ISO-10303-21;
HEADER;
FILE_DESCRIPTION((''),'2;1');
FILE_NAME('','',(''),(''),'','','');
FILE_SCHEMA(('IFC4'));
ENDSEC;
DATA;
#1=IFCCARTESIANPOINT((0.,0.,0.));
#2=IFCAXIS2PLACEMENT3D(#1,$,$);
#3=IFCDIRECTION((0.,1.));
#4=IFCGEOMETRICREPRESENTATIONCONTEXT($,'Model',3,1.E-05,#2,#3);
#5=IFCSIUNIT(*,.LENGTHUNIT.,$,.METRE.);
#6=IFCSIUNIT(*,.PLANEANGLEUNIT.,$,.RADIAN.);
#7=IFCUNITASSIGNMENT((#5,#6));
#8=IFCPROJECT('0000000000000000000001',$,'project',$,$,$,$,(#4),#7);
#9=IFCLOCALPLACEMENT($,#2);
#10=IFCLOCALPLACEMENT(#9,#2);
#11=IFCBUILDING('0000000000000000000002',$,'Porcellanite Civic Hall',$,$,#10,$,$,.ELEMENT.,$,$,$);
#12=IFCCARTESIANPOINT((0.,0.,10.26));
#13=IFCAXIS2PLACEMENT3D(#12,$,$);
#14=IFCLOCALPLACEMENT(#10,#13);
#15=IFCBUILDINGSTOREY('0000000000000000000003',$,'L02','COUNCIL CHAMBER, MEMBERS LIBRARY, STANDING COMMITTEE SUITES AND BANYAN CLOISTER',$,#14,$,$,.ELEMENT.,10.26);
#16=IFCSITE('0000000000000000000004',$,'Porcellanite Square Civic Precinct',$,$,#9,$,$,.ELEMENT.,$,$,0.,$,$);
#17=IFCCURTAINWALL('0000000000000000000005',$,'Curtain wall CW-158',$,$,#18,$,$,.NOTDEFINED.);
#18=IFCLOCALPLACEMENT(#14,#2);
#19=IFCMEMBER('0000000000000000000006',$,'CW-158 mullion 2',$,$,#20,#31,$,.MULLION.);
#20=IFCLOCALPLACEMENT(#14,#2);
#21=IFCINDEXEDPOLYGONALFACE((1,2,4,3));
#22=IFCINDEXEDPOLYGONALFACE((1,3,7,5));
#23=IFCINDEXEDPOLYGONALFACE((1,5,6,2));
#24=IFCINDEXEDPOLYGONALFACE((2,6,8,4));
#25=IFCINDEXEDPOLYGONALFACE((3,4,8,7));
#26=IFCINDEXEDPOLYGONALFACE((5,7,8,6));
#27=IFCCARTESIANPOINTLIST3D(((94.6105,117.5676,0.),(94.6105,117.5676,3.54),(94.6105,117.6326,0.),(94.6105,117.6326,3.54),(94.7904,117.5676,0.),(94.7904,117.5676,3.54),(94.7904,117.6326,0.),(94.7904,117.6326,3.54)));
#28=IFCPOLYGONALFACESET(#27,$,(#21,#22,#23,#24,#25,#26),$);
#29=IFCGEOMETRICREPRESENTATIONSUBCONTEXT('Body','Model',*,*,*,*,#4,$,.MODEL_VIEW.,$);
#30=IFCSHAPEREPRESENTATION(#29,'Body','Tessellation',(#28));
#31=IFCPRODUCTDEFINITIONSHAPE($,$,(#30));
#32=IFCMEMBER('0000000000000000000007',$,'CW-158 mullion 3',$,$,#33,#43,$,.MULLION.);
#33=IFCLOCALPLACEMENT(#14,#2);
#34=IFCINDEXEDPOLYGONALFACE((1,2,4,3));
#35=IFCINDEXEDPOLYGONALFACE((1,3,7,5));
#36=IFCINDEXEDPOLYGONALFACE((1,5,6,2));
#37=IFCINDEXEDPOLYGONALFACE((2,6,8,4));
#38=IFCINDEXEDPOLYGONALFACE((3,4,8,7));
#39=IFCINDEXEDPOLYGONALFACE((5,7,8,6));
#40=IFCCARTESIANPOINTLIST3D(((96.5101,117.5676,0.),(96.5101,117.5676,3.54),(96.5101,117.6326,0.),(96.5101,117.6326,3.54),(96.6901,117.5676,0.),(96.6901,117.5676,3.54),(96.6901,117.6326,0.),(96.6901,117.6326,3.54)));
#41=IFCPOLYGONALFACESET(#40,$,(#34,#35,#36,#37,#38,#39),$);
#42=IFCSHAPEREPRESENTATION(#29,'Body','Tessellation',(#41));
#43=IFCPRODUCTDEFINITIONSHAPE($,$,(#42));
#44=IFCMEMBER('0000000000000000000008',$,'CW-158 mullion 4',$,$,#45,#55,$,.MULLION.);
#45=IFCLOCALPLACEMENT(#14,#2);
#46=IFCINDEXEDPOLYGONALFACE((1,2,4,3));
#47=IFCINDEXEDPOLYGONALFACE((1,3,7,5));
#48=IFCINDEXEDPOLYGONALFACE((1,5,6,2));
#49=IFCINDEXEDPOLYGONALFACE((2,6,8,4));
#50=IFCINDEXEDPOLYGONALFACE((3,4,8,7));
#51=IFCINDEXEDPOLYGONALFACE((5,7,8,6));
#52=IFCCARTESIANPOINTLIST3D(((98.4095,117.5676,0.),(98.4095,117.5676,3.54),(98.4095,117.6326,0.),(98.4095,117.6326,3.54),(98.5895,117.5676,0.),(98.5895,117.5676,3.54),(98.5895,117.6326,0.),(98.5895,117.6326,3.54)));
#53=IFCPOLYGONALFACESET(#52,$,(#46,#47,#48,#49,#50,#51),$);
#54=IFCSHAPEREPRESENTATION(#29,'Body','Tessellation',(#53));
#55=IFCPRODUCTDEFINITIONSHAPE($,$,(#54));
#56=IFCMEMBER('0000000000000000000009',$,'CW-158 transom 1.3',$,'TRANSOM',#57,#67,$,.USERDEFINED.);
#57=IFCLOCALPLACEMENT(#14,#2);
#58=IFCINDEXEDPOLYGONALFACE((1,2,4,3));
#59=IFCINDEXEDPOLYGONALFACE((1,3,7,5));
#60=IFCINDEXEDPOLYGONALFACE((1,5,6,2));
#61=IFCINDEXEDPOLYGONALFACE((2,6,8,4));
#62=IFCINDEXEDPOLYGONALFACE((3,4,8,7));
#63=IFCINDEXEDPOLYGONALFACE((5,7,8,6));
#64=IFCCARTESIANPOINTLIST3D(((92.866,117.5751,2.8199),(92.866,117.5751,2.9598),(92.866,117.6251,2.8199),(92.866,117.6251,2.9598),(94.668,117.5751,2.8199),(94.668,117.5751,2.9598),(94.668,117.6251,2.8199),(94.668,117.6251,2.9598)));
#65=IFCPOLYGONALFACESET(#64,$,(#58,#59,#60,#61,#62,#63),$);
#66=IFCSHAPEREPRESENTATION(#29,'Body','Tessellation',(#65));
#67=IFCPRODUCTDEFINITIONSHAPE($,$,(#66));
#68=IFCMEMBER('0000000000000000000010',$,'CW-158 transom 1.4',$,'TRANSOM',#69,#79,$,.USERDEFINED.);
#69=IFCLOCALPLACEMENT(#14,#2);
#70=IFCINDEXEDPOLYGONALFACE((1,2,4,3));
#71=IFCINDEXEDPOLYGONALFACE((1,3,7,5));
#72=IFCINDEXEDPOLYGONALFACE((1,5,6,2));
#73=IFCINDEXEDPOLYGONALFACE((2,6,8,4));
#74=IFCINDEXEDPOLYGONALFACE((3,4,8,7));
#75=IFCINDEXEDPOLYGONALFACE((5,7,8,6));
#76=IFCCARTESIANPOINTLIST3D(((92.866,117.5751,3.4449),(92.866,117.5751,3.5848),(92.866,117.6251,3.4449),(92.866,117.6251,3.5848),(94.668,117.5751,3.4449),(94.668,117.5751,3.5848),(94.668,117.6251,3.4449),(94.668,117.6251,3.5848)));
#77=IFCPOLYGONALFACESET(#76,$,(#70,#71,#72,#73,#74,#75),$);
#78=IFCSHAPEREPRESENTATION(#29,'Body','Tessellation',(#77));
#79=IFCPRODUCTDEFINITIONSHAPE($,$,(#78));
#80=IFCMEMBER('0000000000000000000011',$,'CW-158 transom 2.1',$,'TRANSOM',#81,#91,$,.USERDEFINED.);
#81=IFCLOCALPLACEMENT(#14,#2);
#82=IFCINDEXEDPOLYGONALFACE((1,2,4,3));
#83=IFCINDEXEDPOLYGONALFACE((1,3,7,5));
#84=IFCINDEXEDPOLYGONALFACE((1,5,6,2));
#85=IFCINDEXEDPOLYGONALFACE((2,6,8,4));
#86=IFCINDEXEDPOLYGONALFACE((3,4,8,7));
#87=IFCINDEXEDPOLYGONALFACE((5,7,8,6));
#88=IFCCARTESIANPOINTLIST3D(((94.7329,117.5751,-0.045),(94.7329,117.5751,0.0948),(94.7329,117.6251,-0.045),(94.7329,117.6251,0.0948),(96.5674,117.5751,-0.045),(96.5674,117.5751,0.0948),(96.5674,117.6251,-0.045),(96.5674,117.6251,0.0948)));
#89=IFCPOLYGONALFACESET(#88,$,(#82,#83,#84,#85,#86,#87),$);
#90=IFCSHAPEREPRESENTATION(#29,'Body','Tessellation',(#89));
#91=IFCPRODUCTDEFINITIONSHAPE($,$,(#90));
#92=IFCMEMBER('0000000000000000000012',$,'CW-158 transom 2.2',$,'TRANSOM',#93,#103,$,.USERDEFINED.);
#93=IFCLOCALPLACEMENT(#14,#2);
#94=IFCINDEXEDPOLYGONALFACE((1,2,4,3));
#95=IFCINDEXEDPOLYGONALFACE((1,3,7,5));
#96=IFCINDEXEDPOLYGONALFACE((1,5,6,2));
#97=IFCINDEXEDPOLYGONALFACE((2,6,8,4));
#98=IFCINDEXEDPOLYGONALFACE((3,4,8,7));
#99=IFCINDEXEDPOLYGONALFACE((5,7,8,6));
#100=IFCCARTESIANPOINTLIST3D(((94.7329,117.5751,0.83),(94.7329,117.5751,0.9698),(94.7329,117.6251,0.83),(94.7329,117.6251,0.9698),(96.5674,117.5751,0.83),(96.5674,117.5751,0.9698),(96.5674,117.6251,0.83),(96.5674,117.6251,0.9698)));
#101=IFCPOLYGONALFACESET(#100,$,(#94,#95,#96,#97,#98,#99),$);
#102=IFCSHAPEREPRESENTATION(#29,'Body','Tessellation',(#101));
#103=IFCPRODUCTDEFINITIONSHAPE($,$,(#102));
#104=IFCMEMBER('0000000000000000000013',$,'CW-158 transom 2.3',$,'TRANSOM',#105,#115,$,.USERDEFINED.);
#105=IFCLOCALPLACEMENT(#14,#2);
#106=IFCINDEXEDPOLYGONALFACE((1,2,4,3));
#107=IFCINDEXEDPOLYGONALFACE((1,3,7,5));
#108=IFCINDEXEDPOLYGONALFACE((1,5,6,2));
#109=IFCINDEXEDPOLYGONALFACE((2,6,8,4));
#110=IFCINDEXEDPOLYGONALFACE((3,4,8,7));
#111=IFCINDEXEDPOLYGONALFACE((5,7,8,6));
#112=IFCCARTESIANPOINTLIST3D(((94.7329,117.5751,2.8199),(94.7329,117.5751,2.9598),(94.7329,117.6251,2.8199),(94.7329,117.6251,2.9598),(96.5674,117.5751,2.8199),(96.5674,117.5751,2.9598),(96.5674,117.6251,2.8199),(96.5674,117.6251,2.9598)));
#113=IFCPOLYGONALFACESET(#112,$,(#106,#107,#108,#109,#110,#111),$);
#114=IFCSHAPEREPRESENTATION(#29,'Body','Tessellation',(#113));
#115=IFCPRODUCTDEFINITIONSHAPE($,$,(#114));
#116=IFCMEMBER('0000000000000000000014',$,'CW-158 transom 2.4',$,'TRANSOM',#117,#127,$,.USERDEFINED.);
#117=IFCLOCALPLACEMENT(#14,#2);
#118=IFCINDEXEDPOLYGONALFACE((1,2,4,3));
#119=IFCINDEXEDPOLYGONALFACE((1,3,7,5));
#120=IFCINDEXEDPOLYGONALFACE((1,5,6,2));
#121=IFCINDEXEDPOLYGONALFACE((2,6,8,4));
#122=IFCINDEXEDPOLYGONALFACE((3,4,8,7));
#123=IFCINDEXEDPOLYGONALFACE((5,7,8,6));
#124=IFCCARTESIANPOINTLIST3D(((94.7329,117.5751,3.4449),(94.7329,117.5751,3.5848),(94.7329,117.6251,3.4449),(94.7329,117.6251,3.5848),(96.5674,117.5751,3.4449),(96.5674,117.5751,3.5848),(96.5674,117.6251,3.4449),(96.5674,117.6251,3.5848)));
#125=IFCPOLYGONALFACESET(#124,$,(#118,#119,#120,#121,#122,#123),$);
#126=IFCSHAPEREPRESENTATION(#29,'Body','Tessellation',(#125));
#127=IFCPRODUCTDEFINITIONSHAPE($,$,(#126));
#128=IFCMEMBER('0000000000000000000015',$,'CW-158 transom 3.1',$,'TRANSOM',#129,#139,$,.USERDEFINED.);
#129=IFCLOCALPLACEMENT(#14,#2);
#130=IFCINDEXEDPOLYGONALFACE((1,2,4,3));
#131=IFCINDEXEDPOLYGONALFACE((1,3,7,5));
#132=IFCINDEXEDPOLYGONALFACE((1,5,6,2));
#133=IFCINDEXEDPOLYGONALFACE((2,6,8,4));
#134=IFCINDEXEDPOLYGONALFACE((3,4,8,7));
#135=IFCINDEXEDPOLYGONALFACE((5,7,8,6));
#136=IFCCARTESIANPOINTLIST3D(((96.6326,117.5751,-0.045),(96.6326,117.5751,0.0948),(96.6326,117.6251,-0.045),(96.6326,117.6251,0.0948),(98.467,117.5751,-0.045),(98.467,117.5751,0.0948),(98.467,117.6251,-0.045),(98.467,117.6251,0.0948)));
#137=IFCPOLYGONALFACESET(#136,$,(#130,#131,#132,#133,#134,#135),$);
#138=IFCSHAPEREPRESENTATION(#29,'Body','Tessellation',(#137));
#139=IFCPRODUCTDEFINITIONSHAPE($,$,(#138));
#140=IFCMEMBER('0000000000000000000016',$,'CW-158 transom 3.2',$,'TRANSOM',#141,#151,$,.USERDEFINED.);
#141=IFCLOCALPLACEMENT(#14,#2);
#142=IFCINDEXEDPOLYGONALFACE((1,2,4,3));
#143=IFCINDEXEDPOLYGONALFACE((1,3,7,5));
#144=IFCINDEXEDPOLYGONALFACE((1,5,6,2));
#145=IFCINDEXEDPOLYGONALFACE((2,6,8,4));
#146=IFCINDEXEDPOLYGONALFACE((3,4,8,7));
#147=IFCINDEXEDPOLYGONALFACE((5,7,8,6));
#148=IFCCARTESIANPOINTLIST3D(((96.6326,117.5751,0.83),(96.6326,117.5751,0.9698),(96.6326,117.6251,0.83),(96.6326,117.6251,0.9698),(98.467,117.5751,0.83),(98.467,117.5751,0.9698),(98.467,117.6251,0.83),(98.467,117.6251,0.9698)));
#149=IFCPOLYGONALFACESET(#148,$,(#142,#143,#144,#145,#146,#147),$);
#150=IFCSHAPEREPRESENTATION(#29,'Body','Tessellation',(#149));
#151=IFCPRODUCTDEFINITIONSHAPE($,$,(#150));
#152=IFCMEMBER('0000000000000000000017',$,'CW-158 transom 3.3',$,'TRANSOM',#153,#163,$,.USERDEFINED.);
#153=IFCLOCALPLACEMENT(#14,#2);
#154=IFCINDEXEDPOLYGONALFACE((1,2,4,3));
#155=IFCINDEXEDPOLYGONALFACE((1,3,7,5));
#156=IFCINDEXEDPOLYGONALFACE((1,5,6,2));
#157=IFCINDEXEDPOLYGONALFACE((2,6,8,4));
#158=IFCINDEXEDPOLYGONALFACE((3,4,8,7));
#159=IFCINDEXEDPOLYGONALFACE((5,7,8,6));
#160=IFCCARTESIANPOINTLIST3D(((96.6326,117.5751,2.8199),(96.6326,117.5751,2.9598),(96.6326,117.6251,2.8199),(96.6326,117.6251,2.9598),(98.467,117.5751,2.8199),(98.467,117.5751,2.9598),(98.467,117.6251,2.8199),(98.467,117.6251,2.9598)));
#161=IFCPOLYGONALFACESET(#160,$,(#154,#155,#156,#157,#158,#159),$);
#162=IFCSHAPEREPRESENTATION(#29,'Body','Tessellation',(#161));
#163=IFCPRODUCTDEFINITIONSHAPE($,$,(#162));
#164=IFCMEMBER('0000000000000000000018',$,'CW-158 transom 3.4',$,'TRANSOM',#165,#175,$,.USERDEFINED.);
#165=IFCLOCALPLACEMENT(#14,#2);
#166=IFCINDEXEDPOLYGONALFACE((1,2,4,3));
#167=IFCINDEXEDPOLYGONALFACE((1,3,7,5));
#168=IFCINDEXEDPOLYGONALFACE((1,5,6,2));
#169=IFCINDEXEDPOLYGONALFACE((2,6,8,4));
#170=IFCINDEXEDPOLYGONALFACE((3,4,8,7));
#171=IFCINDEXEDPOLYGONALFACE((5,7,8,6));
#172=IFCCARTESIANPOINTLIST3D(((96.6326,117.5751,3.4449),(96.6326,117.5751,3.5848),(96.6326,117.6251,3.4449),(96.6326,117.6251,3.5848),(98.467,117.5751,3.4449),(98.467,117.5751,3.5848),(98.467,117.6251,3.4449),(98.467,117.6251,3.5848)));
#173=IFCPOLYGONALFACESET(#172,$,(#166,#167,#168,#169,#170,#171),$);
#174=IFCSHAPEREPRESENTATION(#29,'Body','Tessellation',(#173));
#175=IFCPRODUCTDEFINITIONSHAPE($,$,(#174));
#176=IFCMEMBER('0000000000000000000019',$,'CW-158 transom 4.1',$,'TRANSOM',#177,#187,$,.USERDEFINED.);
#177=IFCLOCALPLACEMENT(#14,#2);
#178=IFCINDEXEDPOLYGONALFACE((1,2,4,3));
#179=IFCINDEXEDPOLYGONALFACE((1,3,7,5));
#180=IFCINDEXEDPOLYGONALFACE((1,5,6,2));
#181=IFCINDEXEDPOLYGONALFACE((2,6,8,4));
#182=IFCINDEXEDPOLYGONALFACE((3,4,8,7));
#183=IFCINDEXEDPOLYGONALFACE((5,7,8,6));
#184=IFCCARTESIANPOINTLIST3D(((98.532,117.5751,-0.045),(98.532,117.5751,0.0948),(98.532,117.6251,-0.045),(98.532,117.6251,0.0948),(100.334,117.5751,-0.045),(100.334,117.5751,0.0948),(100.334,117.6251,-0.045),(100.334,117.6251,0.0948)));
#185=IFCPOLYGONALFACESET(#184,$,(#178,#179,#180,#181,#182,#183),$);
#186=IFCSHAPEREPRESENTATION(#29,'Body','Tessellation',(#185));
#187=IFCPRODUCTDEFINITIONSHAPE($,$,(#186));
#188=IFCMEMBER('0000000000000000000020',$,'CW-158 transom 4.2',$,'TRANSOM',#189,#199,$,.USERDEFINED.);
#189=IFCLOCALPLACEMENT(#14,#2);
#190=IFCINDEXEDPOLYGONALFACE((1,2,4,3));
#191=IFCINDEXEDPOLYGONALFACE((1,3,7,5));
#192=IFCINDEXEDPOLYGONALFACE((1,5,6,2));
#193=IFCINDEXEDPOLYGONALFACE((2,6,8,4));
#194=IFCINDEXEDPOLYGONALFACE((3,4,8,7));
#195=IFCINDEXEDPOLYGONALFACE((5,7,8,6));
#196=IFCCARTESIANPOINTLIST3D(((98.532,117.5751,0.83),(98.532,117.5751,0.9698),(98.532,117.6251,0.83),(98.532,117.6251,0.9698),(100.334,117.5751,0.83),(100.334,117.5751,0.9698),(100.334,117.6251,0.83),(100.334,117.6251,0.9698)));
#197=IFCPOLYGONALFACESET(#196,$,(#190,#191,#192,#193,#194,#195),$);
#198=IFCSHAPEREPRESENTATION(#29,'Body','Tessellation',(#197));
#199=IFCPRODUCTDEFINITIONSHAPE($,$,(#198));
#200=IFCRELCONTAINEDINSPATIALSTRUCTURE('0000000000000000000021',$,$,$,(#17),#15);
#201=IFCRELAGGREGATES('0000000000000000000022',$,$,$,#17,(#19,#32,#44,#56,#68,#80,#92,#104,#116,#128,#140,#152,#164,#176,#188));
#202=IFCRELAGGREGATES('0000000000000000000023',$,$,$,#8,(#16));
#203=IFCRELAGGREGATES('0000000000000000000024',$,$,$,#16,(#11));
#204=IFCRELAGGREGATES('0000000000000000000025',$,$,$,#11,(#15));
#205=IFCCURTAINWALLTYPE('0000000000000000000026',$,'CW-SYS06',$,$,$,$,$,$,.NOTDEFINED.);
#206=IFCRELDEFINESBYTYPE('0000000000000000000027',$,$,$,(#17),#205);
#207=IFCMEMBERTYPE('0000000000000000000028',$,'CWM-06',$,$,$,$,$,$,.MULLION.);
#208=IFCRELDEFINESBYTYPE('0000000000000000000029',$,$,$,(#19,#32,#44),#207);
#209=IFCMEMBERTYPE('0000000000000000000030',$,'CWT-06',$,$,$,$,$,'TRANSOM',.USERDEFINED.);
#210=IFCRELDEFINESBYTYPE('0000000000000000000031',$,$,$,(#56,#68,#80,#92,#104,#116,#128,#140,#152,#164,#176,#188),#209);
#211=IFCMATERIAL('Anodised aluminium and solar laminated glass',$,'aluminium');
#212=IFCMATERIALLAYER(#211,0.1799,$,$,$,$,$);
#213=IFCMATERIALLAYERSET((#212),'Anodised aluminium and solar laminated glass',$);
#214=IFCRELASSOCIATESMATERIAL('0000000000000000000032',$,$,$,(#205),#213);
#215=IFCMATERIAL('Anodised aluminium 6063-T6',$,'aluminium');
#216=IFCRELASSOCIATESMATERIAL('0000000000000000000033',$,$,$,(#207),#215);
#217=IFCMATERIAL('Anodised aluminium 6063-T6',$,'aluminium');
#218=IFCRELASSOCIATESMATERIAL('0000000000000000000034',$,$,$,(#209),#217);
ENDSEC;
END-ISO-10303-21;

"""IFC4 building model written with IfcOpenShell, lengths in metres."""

from ifc_helpers import new_model, si_unit, direction, frame, origin, origin_2d, place, context, subcontext, project, spatial, rectangle, extrude, material, layer, layer_set, material_profile, profile_set, type_object, element, aggregate, save


model = new_model("IFC4")

# Units and contexts
model_context = context("Model", 3, precision=1e-05, world=origin(), true_north=direction((0.0, 1.0)))
body_context = subcontext(model_context, "Body", "Model", "MODEL_VIEW")
ifc_project = project(units=[si_unit("LENGTHUNIT", "METRE"), si_unit("PLANEANGLEUNIT", "RADIAN")], contexts=[model_context])

# Site, building, storey
site_placement = place(None, origin())
site = spatial("IfcSite", under=ifc_project, at=site_placement, Name="Porcellanite Square Civic Precinct", CompositionType="ELEMENT", RefElevation=0.0)
building_placement = place(site_placement, origin())
building = spatial("IfcBuilding", under=site, at=building_placement, Name="Porcellanite Civic Hall", CompositionType="ELEMENT")
storey_placement = place(building_placement, frame((0.0, 0.0, 10.26)))
storey = spatial("IfcBuildingStorey", under=building, at=storey_placement, Name="L02", Description="COUNCIL CHAMBER, MEMBERS LIBRARY, STANDING COMMITTEE SUITES AND BANYAN CLOISTER", CompositionType="ELEMENT", Elevation=10.26)

# Curtain wall, members
ifc_material_1 = material(Name="Anodised aluminium and solar laminated glass", Category="aluminium")
ifc_layer_1 = layer(ifc_material_1, 0.1799)
ifc_layer_set_1 = layer_set([ifc_layer_1], Name="Anodised aluminium and solar laminated glass")
curtain_wall_type = type_object("IfcCurtainWallType", Name="CW-SYS06", PredefinedType="NOTDEFINED", material=ifc_layer_set_1)
curtain_wall_placement = place(storey_placement, origin())
curtain_wall = element("IfcCurtainWall", 1, at=curtain_wall_placement, inside=storey, type_object=curtain_wall_type, Name="Curtain wall CW-158", PredefinedType="NOTDEFINED")
ifc_material_2 = material(Name="Anodised aluminium 6063-T6", Category="aluminium")
ifc_material_profile_1 = material_profile(ifc_material_2, rectangle(XDim=0.0649, YDim=0.1799, at=origin_2d()), Name="AL-65x180")
ifc_profile_set_1 = profile_set([ifc_material_profile_1], Name="Anodised aluminium 6063-T6")
member_type_1 = type_object("IfcMemberType", Name="CWM-06", PredefinedType="MULLION", material=ifc_profile_set_1)
member_1_placement = place(storey_placement, frame((94.7004, 117.6001, 0.0), z_axis=(0.0, 0.0, 1.0), x_axis=(0.0, 1.0, 0.0)))
member_1 = element("IfcMember", 2, at=member_1_placement, type_object=member_type_1, Name="CW-158 mullion 2", PredefinedType="MULLION", context=body_context, shape_type="SweptSolid", body=[
    extrude(rectangle(XDim=0.0649, YDim=0.1799, at=origin_2d()), origin(), (0.0, 0.0, 1.0), 3.54),
])
member_2_placement = place(storey_placement, frame((96.6001, 117.6001, 0.0), z_axis=(0.0, 0.0, 1.0), x_axis=(0.0, 1.0, 0.0)))
member_2 = element("IfcMember", 3, at=member_2_placement, type_object=member_type_1, Name="CW-158 mullion 3", PredefinedType="MULLION", context=body_context, shape_type="SweptSolid", body=[
    extrude(rectangle(XDim=0.0649, YDim=0.1799, at=origin_2d()), origin(), (0.0, 0.0, 1.0), 3.54),
])
member_3_placement = place(storey_placement, frame((98.4995, 117.6001, 0.0), z_axis=(0.0, 0.0, 1.0), x_axis=(0.0, 1.0, 0.0)))
member_3 = element("IfcMember", 4, at=member_3_placement, type_object=member_type_1, Name="CW-158 mullion 4", PredefinedType="MULLION", context=body_context, shape_type="SweptSolid", body=[
    extrude(rectangle(XDim=0.0649, YDim=0.1799, at=origin_2d()), origin(), (0.0, 0.0, 1.0), 3.54),
])
ifc_material_3 = material(Name="Anodised aluminium 6063-T6", Category="aluminium")
ifc_material_profile_2 = material_profile(ifc_material_3, rectangle(XDim=0.05, YDim=0.1399, at=origin_2d()), Name="AL-50x140")
ifc_profile_set_2 = profile_set([ifc_material_profile_2], Name="Anodised aluminium 6063-T6")
member_type_2 = type_object("IfcMemberType", Name="CWT-06", ElementType="TRANSOM", PredefinedType="USERDEFINED", material=ifc_profile_set_2)
member_4_placement = place(storey_placement, frame((92.866, 117.6001, 2.8899), z_axis=(1.0, 0.0, 0.0), x_axis=(0.0, 1.0, 0.0)))
member_4 = element("IfcMember", 5, at=member_4_placement, type_object=member_type_2, Name="CW-158 transom 1.3", ObjectType="TRANSOM", PredefinedType="USERDEFINED", context=body_context, shape_type="SweptSolid", body=[
    extrude(rectangle(XDim=0.05, YDim=0.1399, at=origin_2d()), origin(), (0.0, 0.0, 1.0), 1.802),
])
member_5_placement = place(storey_placement, frame((92.866, 117.6001, 3.5149), z_axis=(1.0, 0.0, 0.0), x_axis=(0.0, 1.0, 0.0)))
member_5 = element("IfcMember", 6, at=member_5_placement, type_object=member_type_2, Name="CW-158 transom 1.4", ObjectType="TRANSOM", PredefinedType="USERDEFINED", context=body_context, shape_type="SweptSolid", body=[
    extrude(rectangle(XDim=0.05, YDim=0.1399, at=origin_2d()), origin(), (0.0, 0.0, 1.0), 1.802),
])
member_6_placement = place(storey_placement, frame((94.7329, 117.6001, 0.0249), z_axis=(1.0, 0.0, 0.0), x_axis=(0.0, 1.0, 0.0)))
member_6 = element("IfcMember", 7, at=member_6_placement, type_object=member_type_2, Name="CW-158 transom 2.1", ObjectType="TRANSOM", PredefinedType="USERDEFINED", context=body_context, shape_type="SweptSolid", body=[
    extrude(rectangle(XDim=0.05, YDim=0.1399, at=origin_2d()), origin(), (0.0, 0.0, 1.0), 1.8345),
])
member_7_placement = place(storey_placement, frame((94.7329, 117.6001, 0.8999), z_axis=(1.0, 0.0, 0.0), x_axis=(0.0, 1.0, 0.0)))
member_7 = element("IfcMember", 8, at=member_7_placement, type_object=member_type_2, Name="CW-158 transom 2.2", ObjectType="TRANSOM", PredefinedType="USERDEFINED", context=body_context, shape_type="SweptSolid", body=[
    extrude(rectangle(XDim=0.05, YDim=0.1399, at=origin_2d()), origin(), (0.0, 0.0, 1.0), 1.8345),
])
member_8_placement = place(storey_placement, frame((94.7329, 117.6001, 2.8899), z_axis=(1.0, 0.0, 0.0), x_axis=(0.0, 1.0, 0.0)))
member_8 = element("IfcMember", 9, at=member_8_placement, type_object=member_type_2, Name="CW-158 transom 2.3", ObjectType="TRANSOM", PredefinedType="USERDEFINED", context=body_context, shape_type="SweptSolid", body=[
    extrude(rectangle(XDim=0.05, YDim=0.1399, at=origin_2d()), origin(), (0.0, 0.0, 1.0), 1.8345),
])
member_9_placement = place(storey_placement, frame((94.7329, 117.6001, 3.5149), z_axis=(1.0, 0.0, 0.0), x_axis=(0.0, 1.0, 0.0)))
member_9 = element("IfcMember", 10, at=member_9_placement, type_object=member_type_2, Name="CW-158 transom 2.4", ObjectType="TRANSOM", PredefinedType="USERDEFINED", context=body_context, shape_type="SweptSolid", body=[
    extrude(rectangle(XDim=0.05, YDim=0.1399, at=origin_2d()), origin(), (0.0, 0.0, 1.0), 1.8345),
])
member_10_placement = place(storey_placement, frame((96.6326, 117.6001, 0.0249), z_axis=(1.0, 0.0, 0.0), x_axis=(0.0, 1.0, 0.0)))
member_10 = element("IfcMember", 11, at=member_10_placement, type_object=member_type_2, Name="CW-158 transom 3.1", ObjectType="TRANSOM", PredefinedType="USERDEFINED", context=body_context, shape_type="SweptSolid", body=[
    extrude(rectangle(XDim=0.05, YDim=0.1399, at=origin_2d()), origin(), (0.0, 0.0, 1.0), 1.8345),
])
member_11_placement = place(storey_placement, frame((96.6326, 117.6001, 0.8999), z_axis=(1.0, 0.0, 0.0), x_axis=(0.0, 1.0, 0.0)))
member_11 = element("IfcMember", 12, at=member_11_placement, type_object=member_type_2, Name="CW-158 transom 3.2", ObjectType="TRANSOM", PredefinedType="USERDEFINED", context=body_context, shape_type="SweptSolid", body=[
    extrude(rectangle(XDim=0.05, YDim=0.1399, at=origin_2d()), origin(), (0.0, 0.0, 1.0), 1.8345),
])
member_12_placement = place(storey_placement, frame((96.6326, 117.6001, 2.8899), z_axis=(1.0, 0.0, 0.0), x_axis=(0.0, 1.0, 0.0)))
member_12 = element("IfcMember", 13, at=member_12_placement, type_object=member_type_2, Name="CW-158 transom 3.3", ObjectType="TRANSOM", PredefinedType="USERDEFINED", context=body_context, shape_type="SweptSolid", body=[
    extrude(rectangle(XDim=0.05, YDim=0.1399, at=origin_2d()), origin(), (0.0, 0.0, 1.0), 1.8345),
])
member_13_placement = place(storey_placement, frame((96.6326, 117.6001, 3.5149), z_axis=(1.0, 0.0, 0.0), x_axis=(0.0, 1.0, 0.0)))
member_13 = element("IfcMember", 14, at=member_13_placement, type_object=member_type_2, Name="CW-158 transom 3.4", ObjectType="TRANSOM", PredefinedType="USERDEFINED", context=body_context, shape_type="SweptSolid", body=[
    extrude(rectangle(XDim=0.05, YDim=0.1399, at=origin_2d()), origin(), (0.0, 0.0, 1.0), 1.8345),
])
member_14_placement = place(storey_placement, frame((98.532, 117.6001, 0.0249), z_axis=(1.0, 0.0, 0.0), x_axis=(0.0, 1.0, 0.0)))
member_14 = element("IfcMember", 15, at=member_14_placement, type_object=member_type_2, Name="CW-158 transom 4.1", ObjectType="TRANSOM", PredefinedType="USERDEFINED", context=body_context, shape_type="SweptSolid", body=[
    extrude(rectangle(XDim=0.05, YDim=0.1399, at=origin_2d()), origin(), (0.0, 0.0, 1.0), 1.802),
])
member_15_placement = place(storey_placement, frame((98.532, 117.6001, 0.8999), z_axis=(1.0, 0.0, 0.0), x_axis=(0.0, 1.0, 0.0)))
member_15 = element("IfcMember", 16, at=member_15_placement, type_object=member_type_2, Name="CW-158 transom 4.2", ObjectType="TRANSOM", PredefinedType="USERDEFINED", context=body_context, shape_type="SweptSolid", body=[
    extrude(rectangle(XDim=0.05, YDim=0.1399, at=origin_2d()), origin(), (0.0, 0.0, 1.0), 1.802),
])

aggregate(curtain_wall, [member_1, member_2, member_3, member_4, member_5, member_6, member_7, member_8, member_9, member_10, member_11, member_12, member_13, member_14, member_15])

save(model, "model.ifc")
